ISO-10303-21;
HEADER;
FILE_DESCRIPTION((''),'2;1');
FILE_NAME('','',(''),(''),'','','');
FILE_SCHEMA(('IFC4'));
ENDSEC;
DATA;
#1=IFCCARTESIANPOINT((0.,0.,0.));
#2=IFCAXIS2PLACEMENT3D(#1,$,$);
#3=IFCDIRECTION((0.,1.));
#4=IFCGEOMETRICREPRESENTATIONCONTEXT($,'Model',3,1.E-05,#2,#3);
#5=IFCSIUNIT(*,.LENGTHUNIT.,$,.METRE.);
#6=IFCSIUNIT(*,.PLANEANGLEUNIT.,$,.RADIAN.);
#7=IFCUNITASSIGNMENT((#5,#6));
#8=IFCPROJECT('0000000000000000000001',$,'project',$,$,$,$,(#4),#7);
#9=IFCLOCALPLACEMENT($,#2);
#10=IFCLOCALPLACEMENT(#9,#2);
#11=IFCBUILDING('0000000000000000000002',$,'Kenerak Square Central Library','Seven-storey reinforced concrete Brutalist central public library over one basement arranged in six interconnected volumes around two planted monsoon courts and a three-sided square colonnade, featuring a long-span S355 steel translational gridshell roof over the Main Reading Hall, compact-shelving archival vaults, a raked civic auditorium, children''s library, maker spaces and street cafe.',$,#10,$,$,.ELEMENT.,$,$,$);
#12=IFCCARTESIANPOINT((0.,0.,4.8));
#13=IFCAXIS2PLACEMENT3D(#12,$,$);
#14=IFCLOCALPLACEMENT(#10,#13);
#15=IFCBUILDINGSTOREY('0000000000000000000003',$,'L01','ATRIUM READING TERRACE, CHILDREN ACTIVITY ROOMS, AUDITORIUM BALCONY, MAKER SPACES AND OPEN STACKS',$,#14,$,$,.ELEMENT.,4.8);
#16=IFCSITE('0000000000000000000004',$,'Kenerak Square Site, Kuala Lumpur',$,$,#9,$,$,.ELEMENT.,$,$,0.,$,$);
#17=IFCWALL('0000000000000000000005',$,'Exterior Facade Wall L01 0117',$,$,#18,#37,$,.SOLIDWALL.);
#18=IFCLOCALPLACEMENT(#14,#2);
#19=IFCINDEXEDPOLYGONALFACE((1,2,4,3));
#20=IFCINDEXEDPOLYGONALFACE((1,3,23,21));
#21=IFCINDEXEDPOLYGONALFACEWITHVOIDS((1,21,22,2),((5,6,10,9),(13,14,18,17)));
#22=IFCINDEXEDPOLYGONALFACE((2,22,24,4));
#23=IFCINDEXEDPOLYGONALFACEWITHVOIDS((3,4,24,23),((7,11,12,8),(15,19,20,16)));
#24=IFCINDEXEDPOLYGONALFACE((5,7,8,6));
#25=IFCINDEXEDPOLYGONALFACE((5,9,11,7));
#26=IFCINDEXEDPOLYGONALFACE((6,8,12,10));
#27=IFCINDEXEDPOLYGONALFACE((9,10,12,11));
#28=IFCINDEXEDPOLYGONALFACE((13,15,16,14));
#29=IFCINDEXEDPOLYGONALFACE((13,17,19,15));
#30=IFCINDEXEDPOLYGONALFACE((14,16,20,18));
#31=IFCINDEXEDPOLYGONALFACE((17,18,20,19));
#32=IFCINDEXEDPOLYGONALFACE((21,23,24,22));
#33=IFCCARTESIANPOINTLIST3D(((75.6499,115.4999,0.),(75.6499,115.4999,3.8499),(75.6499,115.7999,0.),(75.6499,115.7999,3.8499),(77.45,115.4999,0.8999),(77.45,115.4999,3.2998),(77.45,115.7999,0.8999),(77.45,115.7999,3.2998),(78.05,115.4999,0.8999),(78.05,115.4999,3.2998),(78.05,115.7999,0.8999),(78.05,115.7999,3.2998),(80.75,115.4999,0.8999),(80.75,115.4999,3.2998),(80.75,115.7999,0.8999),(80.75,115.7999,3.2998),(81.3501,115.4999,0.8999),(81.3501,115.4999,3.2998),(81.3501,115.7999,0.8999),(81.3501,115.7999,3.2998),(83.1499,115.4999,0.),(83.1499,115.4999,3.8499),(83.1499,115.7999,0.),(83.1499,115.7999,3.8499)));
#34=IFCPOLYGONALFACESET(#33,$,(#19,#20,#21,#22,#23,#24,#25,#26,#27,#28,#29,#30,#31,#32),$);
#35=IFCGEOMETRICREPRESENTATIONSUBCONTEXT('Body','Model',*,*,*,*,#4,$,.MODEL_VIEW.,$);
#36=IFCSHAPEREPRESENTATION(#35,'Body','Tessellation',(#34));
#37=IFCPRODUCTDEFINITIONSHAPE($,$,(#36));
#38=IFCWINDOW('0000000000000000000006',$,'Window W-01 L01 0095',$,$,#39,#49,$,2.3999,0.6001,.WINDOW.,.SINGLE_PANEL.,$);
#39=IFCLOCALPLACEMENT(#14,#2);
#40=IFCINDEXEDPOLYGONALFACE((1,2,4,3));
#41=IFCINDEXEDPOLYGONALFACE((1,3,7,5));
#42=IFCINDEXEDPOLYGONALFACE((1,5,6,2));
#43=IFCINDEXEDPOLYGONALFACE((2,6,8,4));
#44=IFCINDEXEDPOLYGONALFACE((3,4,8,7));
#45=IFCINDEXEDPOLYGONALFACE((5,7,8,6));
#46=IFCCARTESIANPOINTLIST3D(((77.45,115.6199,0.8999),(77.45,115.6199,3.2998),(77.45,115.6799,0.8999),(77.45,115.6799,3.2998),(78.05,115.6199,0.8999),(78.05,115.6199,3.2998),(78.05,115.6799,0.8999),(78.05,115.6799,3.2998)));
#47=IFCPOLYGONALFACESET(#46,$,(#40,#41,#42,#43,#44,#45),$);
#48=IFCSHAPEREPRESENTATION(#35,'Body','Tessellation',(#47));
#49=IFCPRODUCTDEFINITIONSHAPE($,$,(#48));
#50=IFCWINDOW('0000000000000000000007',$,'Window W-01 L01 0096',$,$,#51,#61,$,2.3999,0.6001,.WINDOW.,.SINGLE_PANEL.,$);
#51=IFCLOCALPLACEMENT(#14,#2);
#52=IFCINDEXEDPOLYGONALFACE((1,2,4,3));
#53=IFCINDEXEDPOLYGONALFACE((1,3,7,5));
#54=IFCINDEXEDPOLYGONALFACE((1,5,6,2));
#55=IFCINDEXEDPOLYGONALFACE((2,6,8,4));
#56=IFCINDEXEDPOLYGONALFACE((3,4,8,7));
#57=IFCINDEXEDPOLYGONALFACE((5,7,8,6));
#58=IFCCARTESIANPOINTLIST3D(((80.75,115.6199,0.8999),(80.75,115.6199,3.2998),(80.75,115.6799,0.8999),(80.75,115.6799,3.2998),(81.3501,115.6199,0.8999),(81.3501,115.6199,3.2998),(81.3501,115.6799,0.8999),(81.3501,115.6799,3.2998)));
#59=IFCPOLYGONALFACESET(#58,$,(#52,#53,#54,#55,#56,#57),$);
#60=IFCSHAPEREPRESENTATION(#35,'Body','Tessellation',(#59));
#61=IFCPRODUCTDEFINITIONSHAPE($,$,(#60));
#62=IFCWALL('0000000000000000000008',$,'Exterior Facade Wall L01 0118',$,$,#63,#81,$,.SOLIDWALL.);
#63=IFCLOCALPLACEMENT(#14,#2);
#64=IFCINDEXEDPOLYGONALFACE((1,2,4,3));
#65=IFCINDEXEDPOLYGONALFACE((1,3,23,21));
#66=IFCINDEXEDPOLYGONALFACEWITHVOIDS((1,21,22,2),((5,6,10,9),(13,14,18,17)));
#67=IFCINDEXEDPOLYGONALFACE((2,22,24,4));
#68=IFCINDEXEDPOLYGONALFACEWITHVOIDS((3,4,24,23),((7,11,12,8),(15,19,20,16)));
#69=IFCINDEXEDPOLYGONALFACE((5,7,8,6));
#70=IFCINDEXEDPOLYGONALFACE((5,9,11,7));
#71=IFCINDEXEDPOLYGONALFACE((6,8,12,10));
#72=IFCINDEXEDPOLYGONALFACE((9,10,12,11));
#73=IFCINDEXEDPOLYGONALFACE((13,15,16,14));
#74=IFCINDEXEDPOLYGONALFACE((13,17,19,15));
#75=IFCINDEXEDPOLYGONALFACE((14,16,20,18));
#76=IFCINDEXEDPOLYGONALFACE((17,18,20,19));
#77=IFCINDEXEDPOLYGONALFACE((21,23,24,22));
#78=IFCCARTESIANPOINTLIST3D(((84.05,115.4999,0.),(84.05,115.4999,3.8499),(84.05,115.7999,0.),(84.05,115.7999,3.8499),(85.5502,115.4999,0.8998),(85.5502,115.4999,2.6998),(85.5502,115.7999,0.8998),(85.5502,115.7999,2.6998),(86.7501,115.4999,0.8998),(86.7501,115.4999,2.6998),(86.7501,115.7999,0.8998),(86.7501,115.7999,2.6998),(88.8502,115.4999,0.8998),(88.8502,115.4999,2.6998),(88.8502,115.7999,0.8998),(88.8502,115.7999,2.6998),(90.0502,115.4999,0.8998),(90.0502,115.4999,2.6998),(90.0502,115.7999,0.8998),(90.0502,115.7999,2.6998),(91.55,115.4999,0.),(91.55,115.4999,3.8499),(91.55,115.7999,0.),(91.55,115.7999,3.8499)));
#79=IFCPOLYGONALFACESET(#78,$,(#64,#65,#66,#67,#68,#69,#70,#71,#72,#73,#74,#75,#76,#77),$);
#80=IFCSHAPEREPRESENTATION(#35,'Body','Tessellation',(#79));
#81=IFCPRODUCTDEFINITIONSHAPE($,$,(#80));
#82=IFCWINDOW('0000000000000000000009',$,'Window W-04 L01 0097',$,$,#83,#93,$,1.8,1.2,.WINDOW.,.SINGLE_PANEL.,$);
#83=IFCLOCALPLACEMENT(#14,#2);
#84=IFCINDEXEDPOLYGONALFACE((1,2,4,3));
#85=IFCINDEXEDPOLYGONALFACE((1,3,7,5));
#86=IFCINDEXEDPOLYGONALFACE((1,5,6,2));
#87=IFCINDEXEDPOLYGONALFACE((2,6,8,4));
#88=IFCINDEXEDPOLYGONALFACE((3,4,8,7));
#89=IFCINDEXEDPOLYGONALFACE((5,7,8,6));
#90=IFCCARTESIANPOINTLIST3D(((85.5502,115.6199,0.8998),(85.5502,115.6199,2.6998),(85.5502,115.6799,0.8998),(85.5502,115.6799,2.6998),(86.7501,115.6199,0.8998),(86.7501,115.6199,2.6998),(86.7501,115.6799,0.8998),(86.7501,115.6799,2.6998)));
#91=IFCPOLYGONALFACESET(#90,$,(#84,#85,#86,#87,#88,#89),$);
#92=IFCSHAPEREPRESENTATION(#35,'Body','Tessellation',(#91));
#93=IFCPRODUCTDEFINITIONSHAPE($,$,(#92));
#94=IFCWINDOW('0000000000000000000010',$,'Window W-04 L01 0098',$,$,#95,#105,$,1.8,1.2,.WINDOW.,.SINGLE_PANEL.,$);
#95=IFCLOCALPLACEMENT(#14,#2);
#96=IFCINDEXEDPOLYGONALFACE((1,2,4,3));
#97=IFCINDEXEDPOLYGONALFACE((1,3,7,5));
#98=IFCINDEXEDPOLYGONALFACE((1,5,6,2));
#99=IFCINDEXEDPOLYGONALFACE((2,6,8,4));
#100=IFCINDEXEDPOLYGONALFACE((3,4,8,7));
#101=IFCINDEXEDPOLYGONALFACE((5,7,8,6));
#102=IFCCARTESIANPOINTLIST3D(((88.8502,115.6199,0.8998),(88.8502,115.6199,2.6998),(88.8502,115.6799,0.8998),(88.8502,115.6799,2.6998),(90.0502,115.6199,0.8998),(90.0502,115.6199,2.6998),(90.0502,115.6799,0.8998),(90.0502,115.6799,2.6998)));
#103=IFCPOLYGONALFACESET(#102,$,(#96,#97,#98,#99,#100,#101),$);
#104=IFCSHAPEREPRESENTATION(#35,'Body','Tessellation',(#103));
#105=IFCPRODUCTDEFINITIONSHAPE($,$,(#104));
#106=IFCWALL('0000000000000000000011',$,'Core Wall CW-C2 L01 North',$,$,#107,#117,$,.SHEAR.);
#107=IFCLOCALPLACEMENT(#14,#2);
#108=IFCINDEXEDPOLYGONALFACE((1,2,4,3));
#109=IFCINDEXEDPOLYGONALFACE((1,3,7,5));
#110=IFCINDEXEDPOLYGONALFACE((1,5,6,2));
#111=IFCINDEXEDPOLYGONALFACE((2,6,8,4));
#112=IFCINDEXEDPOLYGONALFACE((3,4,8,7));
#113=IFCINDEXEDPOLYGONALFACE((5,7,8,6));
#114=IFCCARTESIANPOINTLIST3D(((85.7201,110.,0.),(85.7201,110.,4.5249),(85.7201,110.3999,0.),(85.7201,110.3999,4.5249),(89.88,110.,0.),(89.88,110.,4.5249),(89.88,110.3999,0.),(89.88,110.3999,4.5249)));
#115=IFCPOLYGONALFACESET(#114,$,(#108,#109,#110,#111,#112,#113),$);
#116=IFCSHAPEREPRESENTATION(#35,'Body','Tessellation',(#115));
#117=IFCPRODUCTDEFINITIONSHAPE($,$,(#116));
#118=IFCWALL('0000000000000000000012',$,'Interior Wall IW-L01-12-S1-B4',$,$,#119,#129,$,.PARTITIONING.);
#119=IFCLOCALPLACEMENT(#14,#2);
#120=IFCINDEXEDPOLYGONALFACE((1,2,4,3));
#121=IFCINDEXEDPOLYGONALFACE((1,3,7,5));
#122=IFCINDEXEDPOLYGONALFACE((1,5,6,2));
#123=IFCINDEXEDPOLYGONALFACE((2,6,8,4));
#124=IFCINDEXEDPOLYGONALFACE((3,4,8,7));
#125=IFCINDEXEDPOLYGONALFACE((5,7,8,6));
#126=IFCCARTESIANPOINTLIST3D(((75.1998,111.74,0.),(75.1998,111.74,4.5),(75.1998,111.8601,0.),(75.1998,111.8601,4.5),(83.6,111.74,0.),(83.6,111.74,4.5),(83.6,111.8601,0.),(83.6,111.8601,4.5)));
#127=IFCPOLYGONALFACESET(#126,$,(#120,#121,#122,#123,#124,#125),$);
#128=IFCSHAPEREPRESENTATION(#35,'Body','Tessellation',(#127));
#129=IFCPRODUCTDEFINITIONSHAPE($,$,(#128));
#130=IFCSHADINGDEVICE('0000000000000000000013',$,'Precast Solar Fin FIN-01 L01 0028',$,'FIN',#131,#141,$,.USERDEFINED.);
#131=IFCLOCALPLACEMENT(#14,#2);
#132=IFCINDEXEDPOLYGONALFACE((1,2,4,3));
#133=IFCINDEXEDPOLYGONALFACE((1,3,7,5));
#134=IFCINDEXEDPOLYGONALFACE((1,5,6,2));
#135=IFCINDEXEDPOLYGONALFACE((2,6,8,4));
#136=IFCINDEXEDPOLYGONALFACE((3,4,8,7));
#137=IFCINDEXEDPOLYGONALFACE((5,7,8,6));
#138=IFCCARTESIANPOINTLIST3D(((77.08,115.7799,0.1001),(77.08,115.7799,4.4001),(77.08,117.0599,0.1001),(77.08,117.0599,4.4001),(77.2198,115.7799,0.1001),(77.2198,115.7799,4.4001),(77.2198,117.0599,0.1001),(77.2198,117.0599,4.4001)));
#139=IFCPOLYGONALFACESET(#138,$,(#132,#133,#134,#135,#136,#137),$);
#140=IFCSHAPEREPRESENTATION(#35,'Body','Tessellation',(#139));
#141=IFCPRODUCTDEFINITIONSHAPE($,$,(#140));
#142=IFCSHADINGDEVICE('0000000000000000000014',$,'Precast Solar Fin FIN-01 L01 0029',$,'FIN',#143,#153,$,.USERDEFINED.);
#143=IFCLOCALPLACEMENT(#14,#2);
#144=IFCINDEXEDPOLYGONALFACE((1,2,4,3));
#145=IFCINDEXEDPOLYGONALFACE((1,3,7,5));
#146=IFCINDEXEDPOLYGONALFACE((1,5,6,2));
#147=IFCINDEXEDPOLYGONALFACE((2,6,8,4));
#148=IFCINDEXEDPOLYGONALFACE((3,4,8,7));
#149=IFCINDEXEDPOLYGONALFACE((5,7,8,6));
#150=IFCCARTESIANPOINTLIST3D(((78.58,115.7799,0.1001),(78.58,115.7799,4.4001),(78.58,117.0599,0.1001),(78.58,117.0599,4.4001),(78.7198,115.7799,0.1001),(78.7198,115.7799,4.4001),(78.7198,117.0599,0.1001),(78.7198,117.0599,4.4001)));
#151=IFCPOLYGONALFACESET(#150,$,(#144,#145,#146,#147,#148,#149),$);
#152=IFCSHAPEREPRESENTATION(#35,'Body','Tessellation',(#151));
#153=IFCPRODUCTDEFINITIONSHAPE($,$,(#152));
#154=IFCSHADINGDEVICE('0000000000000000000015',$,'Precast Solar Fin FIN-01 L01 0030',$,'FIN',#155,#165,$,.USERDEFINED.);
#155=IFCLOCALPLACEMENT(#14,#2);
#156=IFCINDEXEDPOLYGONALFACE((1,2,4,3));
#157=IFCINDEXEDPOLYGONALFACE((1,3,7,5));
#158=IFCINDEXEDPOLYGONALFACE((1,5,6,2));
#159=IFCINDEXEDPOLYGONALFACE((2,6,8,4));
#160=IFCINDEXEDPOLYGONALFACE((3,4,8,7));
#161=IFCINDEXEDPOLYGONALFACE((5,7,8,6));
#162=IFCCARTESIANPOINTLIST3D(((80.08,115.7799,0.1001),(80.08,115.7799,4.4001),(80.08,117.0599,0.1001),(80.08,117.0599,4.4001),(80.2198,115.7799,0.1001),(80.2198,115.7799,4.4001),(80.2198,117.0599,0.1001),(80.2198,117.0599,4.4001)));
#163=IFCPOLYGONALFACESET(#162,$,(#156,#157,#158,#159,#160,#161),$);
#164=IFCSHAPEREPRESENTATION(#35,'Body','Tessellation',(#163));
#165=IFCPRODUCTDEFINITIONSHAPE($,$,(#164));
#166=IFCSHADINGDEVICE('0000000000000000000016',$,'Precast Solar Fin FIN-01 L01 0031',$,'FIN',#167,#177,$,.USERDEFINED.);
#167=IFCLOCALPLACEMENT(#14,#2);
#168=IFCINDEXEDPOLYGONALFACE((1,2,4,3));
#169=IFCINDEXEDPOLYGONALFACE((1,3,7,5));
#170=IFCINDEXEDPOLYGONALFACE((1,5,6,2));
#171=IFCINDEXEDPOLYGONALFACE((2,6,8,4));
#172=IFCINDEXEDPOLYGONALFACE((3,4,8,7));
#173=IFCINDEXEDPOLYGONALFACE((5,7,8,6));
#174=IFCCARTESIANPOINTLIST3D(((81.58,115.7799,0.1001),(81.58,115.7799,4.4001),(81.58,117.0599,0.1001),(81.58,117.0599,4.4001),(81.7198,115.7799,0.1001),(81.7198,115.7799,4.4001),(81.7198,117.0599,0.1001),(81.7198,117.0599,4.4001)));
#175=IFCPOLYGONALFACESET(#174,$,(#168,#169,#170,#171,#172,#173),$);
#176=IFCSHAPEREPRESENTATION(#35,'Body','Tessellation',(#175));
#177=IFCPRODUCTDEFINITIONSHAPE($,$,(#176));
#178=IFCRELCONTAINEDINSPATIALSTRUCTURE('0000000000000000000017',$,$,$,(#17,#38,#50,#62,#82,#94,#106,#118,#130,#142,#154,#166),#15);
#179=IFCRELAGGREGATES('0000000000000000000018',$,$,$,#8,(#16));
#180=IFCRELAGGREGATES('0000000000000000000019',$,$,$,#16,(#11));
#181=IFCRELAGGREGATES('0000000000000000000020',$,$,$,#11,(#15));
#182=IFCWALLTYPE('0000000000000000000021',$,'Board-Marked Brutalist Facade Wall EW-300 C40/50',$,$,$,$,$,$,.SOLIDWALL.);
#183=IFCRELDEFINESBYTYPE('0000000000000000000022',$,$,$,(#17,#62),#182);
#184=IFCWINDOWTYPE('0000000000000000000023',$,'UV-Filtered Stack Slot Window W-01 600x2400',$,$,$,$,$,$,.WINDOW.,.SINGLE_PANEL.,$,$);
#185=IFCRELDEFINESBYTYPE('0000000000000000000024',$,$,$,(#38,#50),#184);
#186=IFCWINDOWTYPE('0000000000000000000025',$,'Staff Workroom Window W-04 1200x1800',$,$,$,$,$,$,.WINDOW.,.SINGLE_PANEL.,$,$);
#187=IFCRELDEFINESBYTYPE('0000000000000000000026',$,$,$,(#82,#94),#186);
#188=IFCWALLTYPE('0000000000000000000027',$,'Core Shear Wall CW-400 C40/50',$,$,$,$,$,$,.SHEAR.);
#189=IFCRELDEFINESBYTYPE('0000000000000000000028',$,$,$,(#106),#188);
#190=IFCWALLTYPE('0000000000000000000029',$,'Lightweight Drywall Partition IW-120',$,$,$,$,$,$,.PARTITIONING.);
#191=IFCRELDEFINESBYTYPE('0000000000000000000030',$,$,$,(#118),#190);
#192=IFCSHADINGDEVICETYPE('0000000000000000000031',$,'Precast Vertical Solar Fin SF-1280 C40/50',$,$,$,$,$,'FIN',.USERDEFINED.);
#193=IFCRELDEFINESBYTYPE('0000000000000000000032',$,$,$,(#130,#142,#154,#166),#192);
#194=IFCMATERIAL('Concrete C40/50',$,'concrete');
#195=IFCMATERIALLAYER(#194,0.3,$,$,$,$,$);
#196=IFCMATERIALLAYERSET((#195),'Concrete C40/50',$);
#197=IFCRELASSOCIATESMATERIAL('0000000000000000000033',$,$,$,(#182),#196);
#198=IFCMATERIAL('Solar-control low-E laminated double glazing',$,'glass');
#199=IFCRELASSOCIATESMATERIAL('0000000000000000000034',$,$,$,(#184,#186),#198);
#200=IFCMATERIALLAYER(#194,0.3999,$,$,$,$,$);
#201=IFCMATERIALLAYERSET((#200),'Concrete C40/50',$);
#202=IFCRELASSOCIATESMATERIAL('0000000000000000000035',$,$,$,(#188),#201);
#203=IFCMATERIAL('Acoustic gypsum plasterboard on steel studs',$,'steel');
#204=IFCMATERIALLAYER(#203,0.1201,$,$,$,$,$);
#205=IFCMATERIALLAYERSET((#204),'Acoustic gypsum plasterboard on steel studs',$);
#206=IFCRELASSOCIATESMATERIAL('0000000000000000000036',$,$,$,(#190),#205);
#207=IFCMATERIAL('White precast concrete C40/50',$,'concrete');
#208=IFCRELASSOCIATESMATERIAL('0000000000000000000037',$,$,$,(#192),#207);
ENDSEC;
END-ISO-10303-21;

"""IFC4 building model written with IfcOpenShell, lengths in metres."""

from ifc_helpers import new_model, si_unit, direction, frame, frame_2d, origin, origin_2d, place, context, subcontext, project, spatial, rectangle, extrude, material, layer, layer_set, type_object, element, fill, save


model = new_model("IFC4")

# Units and contexts
model_context = context("Model", 3, precision=1e-05, world=origin(), true_north=direction((0.0, 1.0)))
body_context = subcontext(model_context, "Body", "Model", "MODEL_VIEW")
ifc_project = project(units=[si_unit("LENGTHUNIT", "METRE"), si_unit("PLANEANGLEUNIT", "RADIAN")], contexts=[model_context])

# Site, building, storey
site_placement = place(None, origin())
site = spatial("IfcSite", under=ifc_project, at=site_placement, Name="Kenerak Square Site, Kuala Lumpur", CompositionType="ELEMENT", RefElevation=0.0)
building_placement = place(site_placement, origin())
building = spatial("IfcBuilding", under=site, at=building_placement, Name="Kenerak Square Central Library", Description="Seven-storey reinforced concrete Brutalist central public library over one basement arranged in six interconnected volumes around two planted monsoon courts and a three-sided square colonnade, featuring a long-span S355 steel translational gridshell roof over the Main Reading Hall, compact-shelving archival vaults, a raked civic auditorium, children's library, maker spaces and street cafe.", CompositionType="ELEMENT")
storey_placement = place(building_placement, frame((0.0, 0.0, 4.8)))
storey = spatial("IfcBuildingStorey", under=building, at=storey_placement, Name="L01", Description="ATRIUM READING TERRACE, CHILDREN ACTIVITY ROOMS, AUDITORIUM BALCONY, MAKER SPACES AND OPEN STACKS", CompositionType="ELEMENT", Elevation=4.8)

# Shared definitions
ifc_material_1 = material(Name="Concrete C40/50", Category="concrete")

# Walls, openings, windows
ifc_layer_1 = layer(ifc_material_1, 0.3)
ifc_layer_set_1 = layer_set([ifc_layer_1], Name="Concrete C40/50")
wall_type_1 = type_object("IfcWallType", Name="Board-Marked Brutalist Facade Wall EW-300 C40/50", PredefinedType="SOLIDWALL", material=ifc_layer_set_1)
wall_1_placement = place(storey_placement, frame((75.6499, 115.6499, 0.0), z_axis=(0.0, 0.0, 1.0), x_axis=(1.0, 0.0, 0.0)))
wall_1 = element("IfcWall", 1, at=wall_1_placement, inside=storey, type_object=wall_type_1, Name="Exterior Facade Wall L01 0117", PredefinedType="SOLIDWALL", context=body_context, shape_type="SweptSolid", body=[
    extrude(rectangle(XDim=7.5, YDim=0.3, at=frame_2d((3.75, 0.0))), origin(), (0.0, 0.0, 1.0), 3.8499),
])
opening_1_placement = place(wall_1_placement, frame((1.8, 0.0, 0.8999)))
opening_1 = element("IfcOpeningElement", 2, at=opening_1_placement, cuts=wall_1, PredefinedType="OPENING", context=body_context, shape_type="SweptSolid", body=[
    extrude(rectangle(XDim=0.6001, YDim=2.3999, at=frame_2d((0.3, 1.2))), frame((0.0, 0.1599, 0.0), z_axis=(0.0, -1.0, 0.0), x_axis=(1.0, 0.0, 0.0)), (0.0, 0.0, 1.0), 0.3201),
])
opening_2_placement = place(wall_1_placement, frame((5.1001, 0.0, 0.8999)))
opening_2 = element("IfcOpeningElement", 3, at=opening_2_placement, cuts=wall_1, PredefinedType="OPENING", context=body_context, shape_type="SweptSolid", body=[
    extrude(rectangle(XDim=0.6001, YDim=2.3999, at=frame_2d((0.3, 1.2))), frame((0.0, 0.1599, 0.0), z_axis=(0.0, -1.0, 0.0), x_axis=(1.0, 0.0, 0.0)), (0.0, 0.0, 1.0), 0.3201),
])
ifc_material_2 = material(Name="Solar-control low-E laminated double glazing", Category="glass")
window_type_1 = type_object("IfcWindowType", Name="UV-Filtered Stack Slot Window W-01 600x2400", PartitioningType="SINGLE_PANEL", PredefinedType="WINDOW", material=ifc_material_2)
window_1_placement = place(opening_1_placement, origin())
window_1 = element("IfcWindow", 4, at=window_1_placement, inside=storey, type_object=window_type_1, Name="Window W-01 L01 0095", OverallHeight=2.3999, OverallWidth=0.6001, PartitioningType="SINGLE_PANEL", PredefinedType="WINDOW", context=body_context, shape_type="SweptSolid", body=[
    extrude(rectangle(XDim=0.6001, YDim=2.3999, at=frame_2d((0.3, 1.2))), frame((0.0, 0.03, 0.0), z_axis=(0.0, -1.0, 0.0), x_axis=(1.0, 0.0, 0.0)), (0.0, 0.0, 1.0), 0.0601),
])
fill(opening_1, window_1)
window_2_placement = place(opening_2_placement, origin())
window_2 = element("IfcWindow", 5, at=window_2_placement, inside=storey, type_object=window_type_1, Name="Window W-01 L01 0096", OverallHeight=2.3999, OverallWidth=0.6001, PartitioningType="SINGLE_PANEL", PredefinedType="WINDOW", context=body_context, shape_type="SweptSolid", body=[
    extrude(rectangle(XDim=0.6001, YDim=2.3999, at=frame_2d((0.3, 1.2))), frame((0.0, 0.03, 0.0), z_axis=(0.0, -1.0, 0.0), x_axis=(1.0, 0.0, 0.0)), (0.0, 0.0, 1.0), 0.0601),
])
fill(opening_2, window_2)
wall_2_placement = place(storey_placement, frame((84.05, 115.6499, 0.0), z_axis=(0.0, 0.0, 1.0), x_axis=(1.0, 0.0, 0.0)))
wall_2 = element("IfcWall", 6, at=wall_2_placement, inside=storey, type_object=wall_type_1, Name="Exterior Facade Wall L01 0118", PredefinedType="SOLIDWALL", context=body_context, shape_type="SweptSolid", body=[
    extrude(rectangle(XDim=7.5, YDim=0.3, at=frame_2d((3.75, 0.0))), origin(), (0.0, 0.0, 1.0), 3.8499),
])
opening_3_placement = place(wall_2_placement, frame((1.5, 0.0, 0.8999)))
opening_3 = element("IfcOpeningElement", 7, at=opening_3_placement, cuts=wall_2, PredefinedType="OPENING", context=body_context, shape_type="SweptSolid", body=[
    extrude(rectangle(XDim=1.2, YDim=1.8, at=frame_2d((0.6001, 0.8999))), frame((0.0, 0.1599, 0.0), z_axis=(0.0, -1.0, 0.0), x_axis=(1.0, 0.0, 0.0)), (0.0, 0.0, 1.0), 0.3201),
])
opening_4_placement = place(wall_2_placement, frame((4.8, 0.0, 0.8999)))
opening_4 = element("IfcOpeningElement", 8, at=opening_4_placement, cuts=wall_2, PredefinedType="OPENING", context=body_context, shape_type="SweptSolid", body=[
    extrude(rectangle(XDim=1.2, YDim=1.8, at=frame_2d((0.6001, 0.8999))), frame((0.0, 0.1599, 0.0), z_axis=(0.0, -1.0, 0.0), x_axis=(1.0, 0.0, 0.0)), (0.0, 0.0, 1.0), 0.3201),
])
window_type_2 = type_object("IfcWindowType", Name="Staff Workroom Window W-04 1200x1800", PartitioningType="SINGLE_PANEL", PredefinedType="WINDOW", material=ifc_material_2)
window_3_placement = place(opening_3_placement, origin())
window_3 = element("IfcWindow", 9, at=window_3_placement, inside=storey, type_object=window_type_2, Name="Window W-04 L01 0097", OverallHeight=1.8, OverallWidth=1.2, PartitioningType="SINGLE_PANEL", PredefinedType="WINDOW", context=body_context, shape_type="SweptSolid", body=[
    extrude(rectangle(XDim=1.2, YDim=1.8, at=frame_2d((0.6001, 0.8999))), frame((0.0, 0.03, 0.0), z_axis=(0.0, -1.0, 0.0), x_axis=(1.0, 0.0, 0.0)), (0.0, 0.0, 1.0), 0.0601),
])
fill(opening_3, window_3)
window_4_placement = place(opening_4_placement, origin())
window_4 = element("IfcWindow", 10, at=window_4_placement, inside=storey, type_object=window_type_2, Name="Window W-04 L01 0098", OverallHeight=1.8, OverallWidth=1.2, PartitioningType="SINGLE_PANEL", PredefinedType="WINDOW", context=body_context, shape_type="SweptSolid", body=[
    extrude(rectangle(XDim=1.2, YDim=1.8, at=frame_2d((0.6001, 0.8999))), frame((0.0, 0.03, 0.0), z_axis=(0.0, -1.0, 0.0), x_axis=(1.0, 0.0, 0.0)), (0.0, 0.0, 1.0), 0.0601),
])
fill(opening_4, window_4)

# Walls
ifc_layer_2 = layer(ifc_material_1, 0.3999)
ifc_layer_set_2 = layer_set([ifc_layer_2], Name="Concrete C40/50")
wall_type_2 = type_object("IfcWallType", Name="Core Shear Wall CW-400 C40/50", PredefinedType="SHEAR", material=ifc_layer_set_2)
wall_3_placement = place(storey_placement, frame((85.72, 110.2, 0.0), z_axis=(0.0, 0.0, 1.0), x_axis=(1.0, 0.0, 0.0)))
element("IfcWall", 11, at=wall_3_placement, inside=storey, type_object=wall_type_2, Name="Core Wall CW-C2 L01 North", PredefinedType="SHEAR", context=body_context, shape_type="SweptSolid", body=[
    extrude(rectangle(XDim=4.1599, YDim=0.3999, at=frame_2d((2.0801, 0.0))), origin(), (0.0, 0.0, 1.0), 4.5249),
])
ifc_material_3 = material(Name="Acoustic gypsum plasterboard on steel studs", Category="steel")
ifc_layer_3 = layer(ifc_material_3, 0.1201)
ifc_layer_set_3 = layer_set([ifc_layer_3], Name="Acoustic gypsum plasterboard on steel studs")
wall_type_3 = type_object("IfcWallType", Name="Lightweight Drywall Partition IW-120", PredefinedType="PARTITIONING", material=ifc_layer_set_3)
wall_4_placement = place(storey_placement, frame((83.6001, 111.8, 0.0), z_axis=(0.0, 0.0, 1.0), x_axis=(-1.0, 0.0, 0.0)))
element("IfcWall", 12, at=wall_4_placement, inside=storey, type_object=wall_type_3, Name="Interior Wall IW-L01-12-S1-B4", PredefinedType="PARTITIONING", context=body_context, shape_type="SweptSolid", body=[
    extrude(rectangle(XDim=8.4001, YDim=0.1201, at=frame_2d((4.2002, 0.0))), origin(), (0.0, 0.0, 1.0), 4.5),
])

# Shading devices
ifc_material_4 = material(Name="White precast concrete C40/50", Category="concrete")
shading_device_type = type_object("IfcShadingDeviceType", Name="Precast Vertical Solar Fin SF-1280 C40/50", ElementType="FIN", PredefinedType="USERDEFINED", material=ifc_material_4)
for number, where, z_axis, x_axis, name in (
    (13, (77.1499, 116.4199, 0.1001), (0.0, 0.0, 1.0), (1.0, 0.0, 0.0), "Precast Solar Fin FIN-01 L01 0028"),
    (14, (78.6499, 116.4199, 0.1001), (0.0, 0.0, 1.0), (1.0, 0.0, 0.0), "Precast Solar Fin FIN-01 L01 0029"),
    (15, (80.1499, 116.4199, 0.1001), (0.0, 0.0, 1.0), (1.0, 0.0, 0.0), "Precast Solar Fin FIN-01 L01 0030"),
    (16, (81.6499, 116.4199, 0.1001), (0.0, 0.0, 1.0), (1.0, 0.0, 0.0), "Precast Solar Fin FIN-01 L01 0031"),
):
    element("IfcShadingDevice", number, at=place(storey_placement, frame(where, z_axis=z_axis, x_axis=x_axis)), inside=storey, type_object=shading_device_type, Name=name, ObjectType="FIN", PredefinedType="USERDEFINED", context=body_context, shape_type="SweptSolid", body=[
        extrude(rectangle(XDim=0.1399, YDim=1.28, at=origin_2d()), origin(), (0.0, 0.0, 1.0), 4.3),
    ])

save(model, "model.ifc")
